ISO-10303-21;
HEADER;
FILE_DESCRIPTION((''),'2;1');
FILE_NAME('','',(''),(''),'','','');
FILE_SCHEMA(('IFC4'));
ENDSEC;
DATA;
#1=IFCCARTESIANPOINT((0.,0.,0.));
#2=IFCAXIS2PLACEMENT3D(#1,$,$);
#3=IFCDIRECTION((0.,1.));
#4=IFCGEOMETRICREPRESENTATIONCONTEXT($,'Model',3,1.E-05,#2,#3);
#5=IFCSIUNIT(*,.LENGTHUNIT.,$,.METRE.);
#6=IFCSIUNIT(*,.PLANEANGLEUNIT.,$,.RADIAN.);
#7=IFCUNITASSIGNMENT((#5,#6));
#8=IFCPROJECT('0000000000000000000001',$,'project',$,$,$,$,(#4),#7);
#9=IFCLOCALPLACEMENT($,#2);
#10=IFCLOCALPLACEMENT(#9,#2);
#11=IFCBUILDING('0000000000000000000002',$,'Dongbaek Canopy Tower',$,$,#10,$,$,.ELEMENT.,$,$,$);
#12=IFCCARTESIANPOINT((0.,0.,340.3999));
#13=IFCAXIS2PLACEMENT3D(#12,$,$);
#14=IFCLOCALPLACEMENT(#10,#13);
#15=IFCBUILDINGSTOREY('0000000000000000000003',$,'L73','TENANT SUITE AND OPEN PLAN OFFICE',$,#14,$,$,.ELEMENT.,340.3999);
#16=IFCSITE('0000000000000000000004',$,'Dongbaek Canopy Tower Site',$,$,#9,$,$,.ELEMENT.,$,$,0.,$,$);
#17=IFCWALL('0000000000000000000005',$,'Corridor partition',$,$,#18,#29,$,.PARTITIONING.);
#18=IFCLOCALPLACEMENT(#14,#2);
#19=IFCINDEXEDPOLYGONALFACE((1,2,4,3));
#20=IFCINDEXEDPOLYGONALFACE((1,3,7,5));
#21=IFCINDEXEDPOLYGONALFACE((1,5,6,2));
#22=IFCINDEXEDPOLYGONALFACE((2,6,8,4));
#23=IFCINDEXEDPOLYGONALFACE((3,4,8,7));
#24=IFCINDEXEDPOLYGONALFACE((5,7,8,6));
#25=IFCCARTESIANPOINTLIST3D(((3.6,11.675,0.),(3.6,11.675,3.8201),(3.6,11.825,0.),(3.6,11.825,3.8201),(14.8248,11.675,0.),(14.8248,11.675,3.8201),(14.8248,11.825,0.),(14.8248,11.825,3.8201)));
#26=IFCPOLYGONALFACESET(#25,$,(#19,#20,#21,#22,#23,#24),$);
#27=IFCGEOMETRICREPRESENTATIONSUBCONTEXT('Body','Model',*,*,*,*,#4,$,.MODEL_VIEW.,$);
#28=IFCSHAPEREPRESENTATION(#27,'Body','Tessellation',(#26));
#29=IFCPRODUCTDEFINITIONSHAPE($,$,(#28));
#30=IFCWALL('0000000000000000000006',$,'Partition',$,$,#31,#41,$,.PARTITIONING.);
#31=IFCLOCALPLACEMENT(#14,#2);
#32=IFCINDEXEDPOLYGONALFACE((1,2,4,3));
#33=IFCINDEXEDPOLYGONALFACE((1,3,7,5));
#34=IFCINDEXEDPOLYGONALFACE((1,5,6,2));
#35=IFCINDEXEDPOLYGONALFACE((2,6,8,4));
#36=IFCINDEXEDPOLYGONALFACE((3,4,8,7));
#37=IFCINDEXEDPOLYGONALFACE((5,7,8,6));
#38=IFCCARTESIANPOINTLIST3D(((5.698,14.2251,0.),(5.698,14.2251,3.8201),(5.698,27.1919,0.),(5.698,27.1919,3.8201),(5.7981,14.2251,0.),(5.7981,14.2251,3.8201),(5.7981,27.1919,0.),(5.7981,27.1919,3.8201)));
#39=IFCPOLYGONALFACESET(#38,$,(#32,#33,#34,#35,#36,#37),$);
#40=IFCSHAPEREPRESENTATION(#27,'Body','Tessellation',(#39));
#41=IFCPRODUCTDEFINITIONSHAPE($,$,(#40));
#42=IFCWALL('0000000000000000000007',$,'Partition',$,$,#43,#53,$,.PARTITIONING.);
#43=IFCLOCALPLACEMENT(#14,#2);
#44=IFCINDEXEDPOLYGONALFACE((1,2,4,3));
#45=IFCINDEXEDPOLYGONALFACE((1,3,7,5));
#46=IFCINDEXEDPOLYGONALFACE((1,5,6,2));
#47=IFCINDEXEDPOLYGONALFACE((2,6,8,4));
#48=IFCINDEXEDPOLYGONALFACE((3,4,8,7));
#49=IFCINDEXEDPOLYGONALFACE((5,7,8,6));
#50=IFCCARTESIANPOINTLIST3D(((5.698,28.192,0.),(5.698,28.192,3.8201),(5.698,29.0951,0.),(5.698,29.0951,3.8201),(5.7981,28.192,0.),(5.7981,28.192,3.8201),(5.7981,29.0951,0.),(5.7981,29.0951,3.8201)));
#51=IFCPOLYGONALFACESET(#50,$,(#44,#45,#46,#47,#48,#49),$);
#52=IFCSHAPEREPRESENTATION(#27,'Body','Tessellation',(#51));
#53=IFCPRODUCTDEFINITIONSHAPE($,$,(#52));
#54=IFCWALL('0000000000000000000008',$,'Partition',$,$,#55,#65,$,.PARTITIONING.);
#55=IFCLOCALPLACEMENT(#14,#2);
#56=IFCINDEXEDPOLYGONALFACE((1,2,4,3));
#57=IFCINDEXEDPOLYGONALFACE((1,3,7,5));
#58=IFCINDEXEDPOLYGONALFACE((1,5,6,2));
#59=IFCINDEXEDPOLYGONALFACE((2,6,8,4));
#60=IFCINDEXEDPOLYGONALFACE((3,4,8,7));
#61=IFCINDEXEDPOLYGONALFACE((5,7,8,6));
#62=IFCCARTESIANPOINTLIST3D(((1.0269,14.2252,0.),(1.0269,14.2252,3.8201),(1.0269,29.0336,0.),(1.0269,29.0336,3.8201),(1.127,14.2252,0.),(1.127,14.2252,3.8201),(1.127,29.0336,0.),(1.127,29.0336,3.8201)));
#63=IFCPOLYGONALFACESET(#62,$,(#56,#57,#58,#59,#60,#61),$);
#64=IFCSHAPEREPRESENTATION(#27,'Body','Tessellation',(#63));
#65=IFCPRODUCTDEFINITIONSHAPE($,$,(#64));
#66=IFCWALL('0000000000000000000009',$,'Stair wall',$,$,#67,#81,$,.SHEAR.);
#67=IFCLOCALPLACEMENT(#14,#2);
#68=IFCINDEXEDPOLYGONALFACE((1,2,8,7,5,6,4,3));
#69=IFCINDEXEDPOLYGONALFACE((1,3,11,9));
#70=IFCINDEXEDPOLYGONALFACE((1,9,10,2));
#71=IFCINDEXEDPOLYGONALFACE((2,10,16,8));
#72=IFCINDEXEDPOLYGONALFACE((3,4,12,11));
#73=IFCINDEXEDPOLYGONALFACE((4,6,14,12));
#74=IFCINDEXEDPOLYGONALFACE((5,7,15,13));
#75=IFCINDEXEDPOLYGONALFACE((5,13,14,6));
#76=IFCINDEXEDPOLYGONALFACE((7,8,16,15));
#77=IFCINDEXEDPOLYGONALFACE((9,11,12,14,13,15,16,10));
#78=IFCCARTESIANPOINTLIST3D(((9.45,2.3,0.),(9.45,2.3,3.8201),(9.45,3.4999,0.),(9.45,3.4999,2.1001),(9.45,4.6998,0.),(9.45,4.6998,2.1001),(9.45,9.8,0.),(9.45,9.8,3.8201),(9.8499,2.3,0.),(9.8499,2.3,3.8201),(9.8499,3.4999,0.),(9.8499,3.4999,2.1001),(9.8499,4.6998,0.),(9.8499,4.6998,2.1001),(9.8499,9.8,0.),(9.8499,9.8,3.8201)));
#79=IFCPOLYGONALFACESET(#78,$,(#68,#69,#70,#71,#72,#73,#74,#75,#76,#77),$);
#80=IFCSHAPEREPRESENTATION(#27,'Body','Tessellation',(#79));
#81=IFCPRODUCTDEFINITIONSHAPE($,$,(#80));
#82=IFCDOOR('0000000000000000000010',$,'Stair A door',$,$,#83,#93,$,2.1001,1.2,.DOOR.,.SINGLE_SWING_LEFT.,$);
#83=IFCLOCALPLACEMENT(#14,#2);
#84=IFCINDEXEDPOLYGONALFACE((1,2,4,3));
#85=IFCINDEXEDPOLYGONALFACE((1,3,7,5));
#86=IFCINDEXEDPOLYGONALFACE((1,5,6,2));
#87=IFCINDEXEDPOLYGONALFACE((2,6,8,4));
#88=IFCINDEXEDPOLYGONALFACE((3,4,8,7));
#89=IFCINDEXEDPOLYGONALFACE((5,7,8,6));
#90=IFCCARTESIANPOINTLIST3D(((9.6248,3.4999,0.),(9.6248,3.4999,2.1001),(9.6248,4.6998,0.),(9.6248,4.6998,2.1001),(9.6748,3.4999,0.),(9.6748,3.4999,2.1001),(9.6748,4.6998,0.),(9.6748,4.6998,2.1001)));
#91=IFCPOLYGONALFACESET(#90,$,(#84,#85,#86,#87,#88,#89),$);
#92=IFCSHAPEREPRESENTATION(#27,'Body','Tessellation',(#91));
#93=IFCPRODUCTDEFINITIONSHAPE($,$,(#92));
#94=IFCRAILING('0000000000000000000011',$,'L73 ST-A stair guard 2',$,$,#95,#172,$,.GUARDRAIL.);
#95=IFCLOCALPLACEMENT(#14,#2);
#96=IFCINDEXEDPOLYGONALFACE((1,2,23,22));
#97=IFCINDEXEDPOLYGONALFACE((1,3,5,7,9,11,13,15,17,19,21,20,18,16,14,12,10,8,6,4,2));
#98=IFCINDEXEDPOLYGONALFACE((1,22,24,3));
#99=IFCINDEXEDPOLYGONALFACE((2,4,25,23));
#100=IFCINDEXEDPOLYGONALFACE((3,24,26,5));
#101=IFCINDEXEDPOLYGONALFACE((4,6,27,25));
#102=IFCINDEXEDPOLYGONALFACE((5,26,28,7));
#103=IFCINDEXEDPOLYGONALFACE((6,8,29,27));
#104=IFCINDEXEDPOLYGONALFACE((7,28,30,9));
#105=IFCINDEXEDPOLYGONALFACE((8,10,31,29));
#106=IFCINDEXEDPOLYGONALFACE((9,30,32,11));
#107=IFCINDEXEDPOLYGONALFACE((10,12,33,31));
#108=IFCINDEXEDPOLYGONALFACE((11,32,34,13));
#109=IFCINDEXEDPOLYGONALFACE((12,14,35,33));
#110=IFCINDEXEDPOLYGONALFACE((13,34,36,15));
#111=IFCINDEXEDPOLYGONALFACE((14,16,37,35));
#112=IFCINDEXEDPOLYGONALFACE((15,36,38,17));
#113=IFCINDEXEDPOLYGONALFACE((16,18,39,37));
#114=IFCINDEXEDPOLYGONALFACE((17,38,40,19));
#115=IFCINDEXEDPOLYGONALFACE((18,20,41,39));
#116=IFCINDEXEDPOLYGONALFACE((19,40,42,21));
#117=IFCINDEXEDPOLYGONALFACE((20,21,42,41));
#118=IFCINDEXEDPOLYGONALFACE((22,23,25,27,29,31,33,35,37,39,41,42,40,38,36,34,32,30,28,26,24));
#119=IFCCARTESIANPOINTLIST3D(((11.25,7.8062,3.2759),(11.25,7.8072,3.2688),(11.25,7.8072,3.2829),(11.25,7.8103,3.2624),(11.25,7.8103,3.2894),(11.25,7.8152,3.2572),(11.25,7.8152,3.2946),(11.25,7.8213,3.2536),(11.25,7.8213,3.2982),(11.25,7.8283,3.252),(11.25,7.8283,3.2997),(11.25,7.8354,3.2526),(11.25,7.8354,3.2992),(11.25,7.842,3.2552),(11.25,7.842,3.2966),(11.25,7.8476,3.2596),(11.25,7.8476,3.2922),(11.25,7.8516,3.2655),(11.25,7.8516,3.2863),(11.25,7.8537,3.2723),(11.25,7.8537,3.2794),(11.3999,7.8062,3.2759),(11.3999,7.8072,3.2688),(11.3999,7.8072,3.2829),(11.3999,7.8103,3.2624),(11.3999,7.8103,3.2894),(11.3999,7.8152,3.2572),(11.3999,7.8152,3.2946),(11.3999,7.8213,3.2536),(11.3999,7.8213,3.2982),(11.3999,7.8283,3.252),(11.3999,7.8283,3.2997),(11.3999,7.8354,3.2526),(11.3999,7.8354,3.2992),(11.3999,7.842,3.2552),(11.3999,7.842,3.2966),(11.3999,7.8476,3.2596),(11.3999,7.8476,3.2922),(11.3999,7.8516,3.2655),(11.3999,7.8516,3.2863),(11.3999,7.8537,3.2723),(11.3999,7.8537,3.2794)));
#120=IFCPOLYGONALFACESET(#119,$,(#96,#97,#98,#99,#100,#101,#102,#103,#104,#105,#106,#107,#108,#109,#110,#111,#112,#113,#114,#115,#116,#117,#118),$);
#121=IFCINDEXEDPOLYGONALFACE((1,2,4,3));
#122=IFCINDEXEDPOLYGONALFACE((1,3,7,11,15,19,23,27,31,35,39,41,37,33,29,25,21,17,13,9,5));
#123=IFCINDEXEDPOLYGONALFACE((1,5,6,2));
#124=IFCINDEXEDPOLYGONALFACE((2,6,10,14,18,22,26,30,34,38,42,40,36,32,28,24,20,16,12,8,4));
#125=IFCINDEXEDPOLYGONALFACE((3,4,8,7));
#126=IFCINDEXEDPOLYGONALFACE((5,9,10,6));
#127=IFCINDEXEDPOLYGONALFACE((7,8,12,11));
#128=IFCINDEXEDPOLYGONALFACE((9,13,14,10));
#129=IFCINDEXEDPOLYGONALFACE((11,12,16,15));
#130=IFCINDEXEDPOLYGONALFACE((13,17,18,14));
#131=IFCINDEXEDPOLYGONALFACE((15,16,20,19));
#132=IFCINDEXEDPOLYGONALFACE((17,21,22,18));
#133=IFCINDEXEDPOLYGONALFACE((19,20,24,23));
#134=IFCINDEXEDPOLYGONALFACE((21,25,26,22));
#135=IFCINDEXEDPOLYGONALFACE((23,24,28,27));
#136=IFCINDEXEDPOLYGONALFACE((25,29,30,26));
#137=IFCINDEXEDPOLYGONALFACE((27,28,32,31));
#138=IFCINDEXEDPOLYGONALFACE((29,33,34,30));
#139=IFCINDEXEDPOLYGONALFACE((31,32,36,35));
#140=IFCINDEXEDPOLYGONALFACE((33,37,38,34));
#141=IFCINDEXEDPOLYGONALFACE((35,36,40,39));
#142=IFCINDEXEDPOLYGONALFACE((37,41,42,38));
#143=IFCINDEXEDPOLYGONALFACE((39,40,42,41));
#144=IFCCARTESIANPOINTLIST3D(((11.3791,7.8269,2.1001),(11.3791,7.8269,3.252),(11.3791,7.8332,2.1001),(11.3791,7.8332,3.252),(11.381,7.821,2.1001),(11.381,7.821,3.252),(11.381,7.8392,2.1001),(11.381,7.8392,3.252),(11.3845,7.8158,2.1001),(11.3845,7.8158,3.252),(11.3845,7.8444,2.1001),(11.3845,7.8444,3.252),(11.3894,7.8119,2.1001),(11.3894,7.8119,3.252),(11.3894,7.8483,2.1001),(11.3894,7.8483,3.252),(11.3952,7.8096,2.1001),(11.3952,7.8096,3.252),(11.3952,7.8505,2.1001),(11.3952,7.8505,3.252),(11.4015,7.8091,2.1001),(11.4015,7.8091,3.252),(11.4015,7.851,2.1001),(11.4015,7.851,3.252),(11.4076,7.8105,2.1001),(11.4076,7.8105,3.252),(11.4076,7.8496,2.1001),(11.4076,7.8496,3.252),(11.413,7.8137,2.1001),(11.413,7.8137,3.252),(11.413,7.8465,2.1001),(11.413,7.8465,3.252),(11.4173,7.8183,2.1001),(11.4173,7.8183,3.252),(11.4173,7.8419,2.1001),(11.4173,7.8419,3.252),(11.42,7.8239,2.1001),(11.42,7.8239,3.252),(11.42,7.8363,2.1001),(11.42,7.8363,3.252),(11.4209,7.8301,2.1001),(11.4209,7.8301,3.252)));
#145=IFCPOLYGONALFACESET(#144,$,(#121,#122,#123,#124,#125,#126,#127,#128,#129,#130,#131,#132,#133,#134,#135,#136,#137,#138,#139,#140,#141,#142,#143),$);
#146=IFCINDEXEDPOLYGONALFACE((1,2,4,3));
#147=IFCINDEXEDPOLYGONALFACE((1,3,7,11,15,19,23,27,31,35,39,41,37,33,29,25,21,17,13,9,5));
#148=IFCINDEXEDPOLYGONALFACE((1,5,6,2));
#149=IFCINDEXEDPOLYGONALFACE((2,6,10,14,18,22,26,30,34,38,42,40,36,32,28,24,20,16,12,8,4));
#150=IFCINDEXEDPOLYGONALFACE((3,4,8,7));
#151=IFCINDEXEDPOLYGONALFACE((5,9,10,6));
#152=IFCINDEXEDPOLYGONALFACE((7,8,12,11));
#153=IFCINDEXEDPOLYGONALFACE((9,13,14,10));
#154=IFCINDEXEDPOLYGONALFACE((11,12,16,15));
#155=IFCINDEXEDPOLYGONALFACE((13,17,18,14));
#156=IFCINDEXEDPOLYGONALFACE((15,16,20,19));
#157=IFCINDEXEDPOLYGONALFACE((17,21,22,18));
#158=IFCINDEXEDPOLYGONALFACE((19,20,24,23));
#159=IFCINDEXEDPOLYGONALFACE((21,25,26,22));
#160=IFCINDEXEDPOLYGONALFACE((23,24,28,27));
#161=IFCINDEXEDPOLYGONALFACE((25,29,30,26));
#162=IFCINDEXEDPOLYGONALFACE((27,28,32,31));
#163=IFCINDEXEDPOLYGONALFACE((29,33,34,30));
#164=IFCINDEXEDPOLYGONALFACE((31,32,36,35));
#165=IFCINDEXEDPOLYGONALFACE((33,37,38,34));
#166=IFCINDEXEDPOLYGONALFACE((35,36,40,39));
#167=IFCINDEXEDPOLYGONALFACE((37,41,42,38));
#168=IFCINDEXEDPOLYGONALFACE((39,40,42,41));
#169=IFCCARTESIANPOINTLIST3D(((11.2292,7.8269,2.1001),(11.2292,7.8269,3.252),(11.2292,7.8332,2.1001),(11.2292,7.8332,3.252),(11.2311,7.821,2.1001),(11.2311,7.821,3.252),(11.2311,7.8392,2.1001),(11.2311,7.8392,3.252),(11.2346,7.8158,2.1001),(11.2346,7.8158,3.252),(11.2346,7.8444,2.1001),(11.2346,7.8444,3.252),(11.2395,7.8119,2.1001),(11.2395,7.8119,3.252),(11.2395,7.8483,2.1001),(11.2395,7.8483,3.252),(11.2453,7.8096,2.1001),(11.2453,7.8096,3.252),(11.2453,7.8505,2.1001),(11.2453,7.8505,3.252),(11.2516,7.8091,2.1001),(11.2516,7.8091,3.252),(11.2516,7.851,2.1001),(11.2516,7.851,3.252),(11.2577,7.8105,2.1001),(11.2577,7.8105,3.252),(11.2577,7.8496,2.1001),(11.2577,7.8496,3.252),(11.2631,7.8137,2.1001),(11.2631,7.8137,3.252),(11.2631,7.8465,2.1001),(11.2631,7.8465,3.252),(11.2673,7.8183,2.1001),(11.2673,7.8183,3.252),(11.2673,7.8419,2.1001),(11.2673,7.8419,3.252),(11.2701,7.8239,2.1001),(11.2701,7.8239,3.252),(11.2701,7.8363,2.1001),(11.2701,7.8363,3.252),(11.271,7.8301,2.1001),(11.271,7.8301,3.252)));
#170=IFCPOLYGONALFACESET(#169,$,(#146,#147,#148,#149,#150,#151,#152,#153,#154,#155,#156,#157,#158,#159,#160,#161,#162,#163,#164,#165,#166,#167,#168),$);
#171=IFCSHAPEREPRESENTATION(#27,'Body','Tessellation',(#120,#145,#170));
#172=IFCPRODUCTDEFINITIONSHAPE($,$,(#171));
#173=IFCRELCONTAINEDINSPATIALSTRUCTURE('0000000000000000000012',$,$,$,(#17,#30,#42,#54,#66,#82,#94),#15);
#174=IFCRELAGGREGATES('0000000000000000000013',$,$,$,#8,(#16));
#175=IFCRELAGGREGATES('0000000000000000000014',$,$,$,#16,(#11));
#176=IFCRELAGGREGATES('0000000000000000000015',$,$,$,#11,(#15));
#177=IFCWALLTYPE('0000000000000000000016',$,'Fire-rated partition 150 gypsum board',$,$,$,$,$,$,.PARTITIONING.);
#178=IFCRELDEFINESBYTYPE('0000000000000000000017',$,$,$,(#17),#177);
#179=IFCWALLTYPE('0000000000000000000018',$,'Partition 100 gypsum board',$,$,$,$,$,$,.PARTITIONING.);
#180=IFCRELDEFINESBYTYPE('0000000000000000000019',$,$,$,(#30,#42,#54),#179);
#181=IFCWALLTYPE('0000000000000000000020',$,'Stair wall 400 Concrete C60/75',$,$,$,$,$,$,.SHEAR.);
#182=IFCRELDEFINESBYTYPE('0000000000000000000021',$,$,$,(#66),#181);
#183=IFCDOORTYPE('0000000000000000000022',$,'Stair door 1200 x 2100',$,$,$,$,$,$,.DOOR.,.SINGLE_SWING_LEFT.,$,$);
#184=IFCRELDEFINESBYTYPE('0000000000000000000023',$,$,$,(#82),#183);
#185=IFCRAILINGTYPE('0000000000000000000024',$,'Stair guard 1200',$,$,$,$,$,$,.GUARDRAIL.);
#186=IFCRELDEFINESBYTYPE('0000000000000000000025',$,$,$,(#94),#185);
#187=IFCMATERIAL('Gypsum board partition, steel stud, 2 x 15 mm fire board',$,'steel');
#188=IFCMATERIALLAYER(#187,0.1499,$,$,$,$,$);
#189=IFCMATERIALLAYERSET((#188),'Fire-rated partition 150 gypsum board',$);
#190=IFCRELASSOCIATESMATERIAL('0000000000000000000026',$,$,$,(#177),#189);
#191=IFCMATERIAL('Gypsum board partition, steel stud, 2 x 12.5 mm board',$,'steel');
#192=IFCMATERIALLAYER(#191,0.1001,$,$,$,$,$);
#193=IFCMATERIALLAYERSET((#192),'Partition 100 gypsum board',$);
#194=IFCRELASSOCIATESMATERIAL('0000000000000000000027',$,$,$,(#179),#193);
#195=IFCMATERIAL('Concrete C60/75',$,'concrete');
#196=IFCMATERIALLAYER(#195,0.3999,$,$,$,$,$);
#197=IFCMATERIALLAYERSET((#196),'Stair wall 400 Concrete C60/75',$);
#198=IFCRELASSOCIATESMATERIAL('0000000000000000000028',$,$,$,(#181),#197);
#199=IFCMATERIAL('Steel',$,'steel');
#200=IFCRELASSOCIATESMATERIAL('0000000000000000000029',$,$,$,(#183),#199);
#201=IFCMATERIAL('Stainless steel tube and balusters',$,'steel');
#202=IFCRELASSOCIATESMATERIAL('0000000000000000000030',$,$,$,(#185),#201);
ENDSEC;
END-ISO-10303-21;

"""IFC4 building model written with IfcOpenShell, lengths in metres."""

from ifc_helpers import new_model, si_unit, direction, frame, frame_2d, origin, origin_2d, place, context, subcontext, project, spatial, rectangle, circle, extrude, material, layer, layer_set, type_object, element, fill, save


model = new_model("IFC4")

# Units and contexts
model_context = context("Model", 3, precision=1e-05, world=origin(), true_north=direction((0.0, 1.0)))
body_context = subcontext(model_context, "Body", "Model", "MODEL_VIEW")
ifc_project = project(units=[si_unit("LENGTHUNIT", "METRE"), si_unit("PLANEANGLEUNIT", "RADIAN")], contexts=[model_context])

# Site, building, storey
site_placement = place(None, origin())
site = spatial("IfcSite", under=ifc_project, at=site_placement, Name="Dongbaek Canopy Tower Site", CompositionType="ELEMENT", RefElevation=0.0)
building_placement = place(site_placement, origin())
building = spatial("IfcBuilding", under=site, at=building_placement, Name="Dongbaek Canopy Tower", CompositionType="ELEMENT")
storey_placement = place(building_placement, frame((0.0, 0.0, 340.3999)))
storey = spatial("IfcBuildingStorey", under=building, at=storey_placement, Name="L73", Description="TENANT SUITE AND OPEN PLAN OFFICE", CompositionType="ELEMENT", Elevation=340.3999)

# Walls
ifc_material_1 = material(Name="Gypsum board partition, steel stud, 2 x 15 mm fire board", Category="steel")
ifc_layer_1 = layer(ifc_material_1, 0.1499)
ifc_layer_set_1 = layer_set([ifc_layer_1], Name="Fire-rated partition 150 gypsum board")
wall_type_1 = type_object("IfcWallType", Name="Fire-rated partition 150 gypsum board", PredefinedType="PARTITIONING", material=ifc_layer_set_1)
wall_1_placement = place(storey_placement, frame((3.6001, 11.75, 0.0), z_axis=(0.0, 0.0, 1.0), x_axis=(1.0, 0.0, 0.0)))
element("IfcWall", 1, at=wall_1_placement, inside=storey, type_object=wall_type_1, Name="Corridor partition", PredefinedType="PARTITIONING", context=body_context, shape_type="SweptSolid", body=[
    extrude(rectangle(XDim=11.2249, YDim=0.1499, at=frame_2d((5.6123, 0.0))), origin(), (0.0, 0.0, 1.0), 3.8201),
])
ifc_material_2 = material(Name="Gypsum board partition, steel stud, 2 x 12.5 mm board", Category="steel")
ifc_layer_2 = layer(ifc_material_2, 0.1001)
ifc_layer_set_2 = layer_set([ifc_layer_2], Name="Partition 100 gypsum board")
wall_type_2 = type_object("IfcWallType", Name="Partition 100 gypsum board", PredefinedType="PARTITIONING", material=ifc_layer_set_2)
wall_2_placement = place(storey_placement, frame((5.748, 14.2251, 0.0), z_axis=(0.0, 0.0, 1.0), x_axis=(0.0, 1.0, 0.0)))
element("IfcWall", 2, at=wall_2_placement, inside=storey, type_object=wall_type_2, Name="Partition", PredefinedType="PARTITIONING", context=body_context, shape_type="SweptSolid", body=[
    extrude(rectangle(XDim=12.9668, YDim=0.1001, at=frame_2d((6.4834, 0.0))), origin(), (0.0, 0.0, 1.0), 3.8201),
])
wall_3_placement = place(storey_placement, frame((5.748, 28.1919, 0.0), z_axis=(0.0, 0.0, 1.0), x_axis=(0.0, 1.0, 0.0)))
element("IfcWall", 3, at=wall_3_placement, inside=storey, type_object=wall_type_2, Name="Partition", PredefinedType="PARTITIONING", context=body_context, shape_type="SweptSolid", body=[
    extrude(rectangle(XDim=0.9031, YDim=0.1001, at=frame_2d((0.4517, 0.0))), origin(), (0.0, 0.0, 1.0), 3.8201),
])
wall_4_placement = place(storey_placement, frame((1.0769, 14.2251, 0.0), z_axis=(0.0, 0.0, 1.0), x_axis=(0.0, 1.0, 0.0)))
element("IfcWall", 4, at=wall_4_placement, inside=storey, type_object=wall_type_2, Name="Partition", PredefinedType="PARTITIONING", context=body_context, shape_type="SweptSolid", body=[
    extrude(rectangle(XDim=14.8083, YDim=0.1001, at=frame_2d((7.4043, 0.0))), origin(), (0.0, 0.0, 1.0), 3.8201),
])

# Wall, opening, door
ifc_material_3 = material(Name="Concrete C60/75", Category="concrete")
ifc_layer_3 = layer(ifc_material_3, 0.3999)
ifc_layer_set_3 = layer_set([ifc_layer_3], Name="Stair wall 400 Concrete C60/75")
wall_type_3 = type_object("IfcWallType", Name="Stair wall 400 Concrete C60/75", PredefinedType="SHEAR", material=ifc_layer_set_3)
wall_5_placement = place(storey_placement, frame((9.6499, 9.8, 0.0), z_axis=(0.0, 0.0, 1.0), x_axis=(0.0, -1.0, 0.0)))
wall_5 = element("IfcWall", 5, at=wall_5_placement, inside=storey, type_object=wall_type_3, Name="Stair wall", PredefinedType="SHEAR", context=body_context, shape_type="SweptSolid", body=[
    extrude(rectangle(XDim=7.5, YDim=0.3999, at=frame_2d((3.75, 0.0))), origin(), (0.0, 0.0, 1.0), 3.8201),
])
opening_1_placement = place(wall_5_placement, frame((5.1001, 0.0, 0.0)))
opening_1 = element("IfcOpeningElement", 6, at=opening_1_placement, cuts=wall_5, PredefinedType="OPENING", context=body_context, shape_type="SweptSolid", body=[
    extrude(rectangle(XDim=1.2, YDim=2.1001, at=frame_2d((0.6001, 1.05))), frame((0.0, 0.21, 0.0), z_axis=(0.0, -1.0, 0.0), x_axis=(1.0, 0.0, 0.0)), (0.0, 0.0, 1.0), 0.4199),
])
ifc_material_4 = material(Name="Steel", Category="steel")
door_type_1 = type_object("IfcDoorType", Name="Stair door 1200 x 2100", OperationType="SINGLE_SWING_LEFT", PredefinedType="DOOR", material=ifc_material_4)
door_1_placement = place(opening_1_placement, origin())
door_1 = element("IfcDoor", 7, at=door_1_placement, inside=storey, type_object=door_type_1, Name="Stair A door", OperationType="SINGLE_SWING_LEFT", OverallHeight=2.1001, OverallWidth=1.2, PredefinedType="DOOR", context=body_context, shape_type="SweptSolid", body=[
    extrude(rectangle(XDim=1.2, YDim=2.1001, at=frame_2d((0.6001, 1.05))), frame((0.0, 0.0249, 0.0), z_axis=(0.0, -1.0, 0.0), x_axis=(1.0, 0.0, 0.0)), (0.0, 0.0, 1.0), 0.05),
])
fill(opening_1, door_1)

# Railing
ifc_material_5 = material(Name="Stainless steel tube and balusters", Category="steel")
railing_type_1 = type_object("IfcRailingType", Name="Stair guard 1200", PredefinedType="GUARDRAIL", material=ifc_material_5)
railing_1_placement = place(storey_placement, frame((11.3999, 7.8301, 2.1001)))
element("IfcRailing", 8, at=railing_1_placement, inside=storey, type_object=railing_type_1, Name="L73 ST-A stair guard 2", PredefinedType="GUARDRAIL", context=body_context, shape_type="SweptSolid", body=[
    extrude(circle(Radius=0.0239, at=origin_2d()), frame((0.0, 0.0, 1.1758), z_axis=(-1.0, 0.0, 0.0), x_axis=(0.0, -1.0, 0.0)), (0.0, 0.0, 1.0), 0.1499),
    extrude(circle(Radius=0.021, at=origin_2d()), origin(), (0.0, 0.0, 1.0), 1.1519),
    extrude(circle(Radius=0.021, at=origin_2d()), frame((-0.1499, 0.0, 0.0)), (0.0, 0.0, 1.0), 1.1519),
])

save(model, "model.ifc")
